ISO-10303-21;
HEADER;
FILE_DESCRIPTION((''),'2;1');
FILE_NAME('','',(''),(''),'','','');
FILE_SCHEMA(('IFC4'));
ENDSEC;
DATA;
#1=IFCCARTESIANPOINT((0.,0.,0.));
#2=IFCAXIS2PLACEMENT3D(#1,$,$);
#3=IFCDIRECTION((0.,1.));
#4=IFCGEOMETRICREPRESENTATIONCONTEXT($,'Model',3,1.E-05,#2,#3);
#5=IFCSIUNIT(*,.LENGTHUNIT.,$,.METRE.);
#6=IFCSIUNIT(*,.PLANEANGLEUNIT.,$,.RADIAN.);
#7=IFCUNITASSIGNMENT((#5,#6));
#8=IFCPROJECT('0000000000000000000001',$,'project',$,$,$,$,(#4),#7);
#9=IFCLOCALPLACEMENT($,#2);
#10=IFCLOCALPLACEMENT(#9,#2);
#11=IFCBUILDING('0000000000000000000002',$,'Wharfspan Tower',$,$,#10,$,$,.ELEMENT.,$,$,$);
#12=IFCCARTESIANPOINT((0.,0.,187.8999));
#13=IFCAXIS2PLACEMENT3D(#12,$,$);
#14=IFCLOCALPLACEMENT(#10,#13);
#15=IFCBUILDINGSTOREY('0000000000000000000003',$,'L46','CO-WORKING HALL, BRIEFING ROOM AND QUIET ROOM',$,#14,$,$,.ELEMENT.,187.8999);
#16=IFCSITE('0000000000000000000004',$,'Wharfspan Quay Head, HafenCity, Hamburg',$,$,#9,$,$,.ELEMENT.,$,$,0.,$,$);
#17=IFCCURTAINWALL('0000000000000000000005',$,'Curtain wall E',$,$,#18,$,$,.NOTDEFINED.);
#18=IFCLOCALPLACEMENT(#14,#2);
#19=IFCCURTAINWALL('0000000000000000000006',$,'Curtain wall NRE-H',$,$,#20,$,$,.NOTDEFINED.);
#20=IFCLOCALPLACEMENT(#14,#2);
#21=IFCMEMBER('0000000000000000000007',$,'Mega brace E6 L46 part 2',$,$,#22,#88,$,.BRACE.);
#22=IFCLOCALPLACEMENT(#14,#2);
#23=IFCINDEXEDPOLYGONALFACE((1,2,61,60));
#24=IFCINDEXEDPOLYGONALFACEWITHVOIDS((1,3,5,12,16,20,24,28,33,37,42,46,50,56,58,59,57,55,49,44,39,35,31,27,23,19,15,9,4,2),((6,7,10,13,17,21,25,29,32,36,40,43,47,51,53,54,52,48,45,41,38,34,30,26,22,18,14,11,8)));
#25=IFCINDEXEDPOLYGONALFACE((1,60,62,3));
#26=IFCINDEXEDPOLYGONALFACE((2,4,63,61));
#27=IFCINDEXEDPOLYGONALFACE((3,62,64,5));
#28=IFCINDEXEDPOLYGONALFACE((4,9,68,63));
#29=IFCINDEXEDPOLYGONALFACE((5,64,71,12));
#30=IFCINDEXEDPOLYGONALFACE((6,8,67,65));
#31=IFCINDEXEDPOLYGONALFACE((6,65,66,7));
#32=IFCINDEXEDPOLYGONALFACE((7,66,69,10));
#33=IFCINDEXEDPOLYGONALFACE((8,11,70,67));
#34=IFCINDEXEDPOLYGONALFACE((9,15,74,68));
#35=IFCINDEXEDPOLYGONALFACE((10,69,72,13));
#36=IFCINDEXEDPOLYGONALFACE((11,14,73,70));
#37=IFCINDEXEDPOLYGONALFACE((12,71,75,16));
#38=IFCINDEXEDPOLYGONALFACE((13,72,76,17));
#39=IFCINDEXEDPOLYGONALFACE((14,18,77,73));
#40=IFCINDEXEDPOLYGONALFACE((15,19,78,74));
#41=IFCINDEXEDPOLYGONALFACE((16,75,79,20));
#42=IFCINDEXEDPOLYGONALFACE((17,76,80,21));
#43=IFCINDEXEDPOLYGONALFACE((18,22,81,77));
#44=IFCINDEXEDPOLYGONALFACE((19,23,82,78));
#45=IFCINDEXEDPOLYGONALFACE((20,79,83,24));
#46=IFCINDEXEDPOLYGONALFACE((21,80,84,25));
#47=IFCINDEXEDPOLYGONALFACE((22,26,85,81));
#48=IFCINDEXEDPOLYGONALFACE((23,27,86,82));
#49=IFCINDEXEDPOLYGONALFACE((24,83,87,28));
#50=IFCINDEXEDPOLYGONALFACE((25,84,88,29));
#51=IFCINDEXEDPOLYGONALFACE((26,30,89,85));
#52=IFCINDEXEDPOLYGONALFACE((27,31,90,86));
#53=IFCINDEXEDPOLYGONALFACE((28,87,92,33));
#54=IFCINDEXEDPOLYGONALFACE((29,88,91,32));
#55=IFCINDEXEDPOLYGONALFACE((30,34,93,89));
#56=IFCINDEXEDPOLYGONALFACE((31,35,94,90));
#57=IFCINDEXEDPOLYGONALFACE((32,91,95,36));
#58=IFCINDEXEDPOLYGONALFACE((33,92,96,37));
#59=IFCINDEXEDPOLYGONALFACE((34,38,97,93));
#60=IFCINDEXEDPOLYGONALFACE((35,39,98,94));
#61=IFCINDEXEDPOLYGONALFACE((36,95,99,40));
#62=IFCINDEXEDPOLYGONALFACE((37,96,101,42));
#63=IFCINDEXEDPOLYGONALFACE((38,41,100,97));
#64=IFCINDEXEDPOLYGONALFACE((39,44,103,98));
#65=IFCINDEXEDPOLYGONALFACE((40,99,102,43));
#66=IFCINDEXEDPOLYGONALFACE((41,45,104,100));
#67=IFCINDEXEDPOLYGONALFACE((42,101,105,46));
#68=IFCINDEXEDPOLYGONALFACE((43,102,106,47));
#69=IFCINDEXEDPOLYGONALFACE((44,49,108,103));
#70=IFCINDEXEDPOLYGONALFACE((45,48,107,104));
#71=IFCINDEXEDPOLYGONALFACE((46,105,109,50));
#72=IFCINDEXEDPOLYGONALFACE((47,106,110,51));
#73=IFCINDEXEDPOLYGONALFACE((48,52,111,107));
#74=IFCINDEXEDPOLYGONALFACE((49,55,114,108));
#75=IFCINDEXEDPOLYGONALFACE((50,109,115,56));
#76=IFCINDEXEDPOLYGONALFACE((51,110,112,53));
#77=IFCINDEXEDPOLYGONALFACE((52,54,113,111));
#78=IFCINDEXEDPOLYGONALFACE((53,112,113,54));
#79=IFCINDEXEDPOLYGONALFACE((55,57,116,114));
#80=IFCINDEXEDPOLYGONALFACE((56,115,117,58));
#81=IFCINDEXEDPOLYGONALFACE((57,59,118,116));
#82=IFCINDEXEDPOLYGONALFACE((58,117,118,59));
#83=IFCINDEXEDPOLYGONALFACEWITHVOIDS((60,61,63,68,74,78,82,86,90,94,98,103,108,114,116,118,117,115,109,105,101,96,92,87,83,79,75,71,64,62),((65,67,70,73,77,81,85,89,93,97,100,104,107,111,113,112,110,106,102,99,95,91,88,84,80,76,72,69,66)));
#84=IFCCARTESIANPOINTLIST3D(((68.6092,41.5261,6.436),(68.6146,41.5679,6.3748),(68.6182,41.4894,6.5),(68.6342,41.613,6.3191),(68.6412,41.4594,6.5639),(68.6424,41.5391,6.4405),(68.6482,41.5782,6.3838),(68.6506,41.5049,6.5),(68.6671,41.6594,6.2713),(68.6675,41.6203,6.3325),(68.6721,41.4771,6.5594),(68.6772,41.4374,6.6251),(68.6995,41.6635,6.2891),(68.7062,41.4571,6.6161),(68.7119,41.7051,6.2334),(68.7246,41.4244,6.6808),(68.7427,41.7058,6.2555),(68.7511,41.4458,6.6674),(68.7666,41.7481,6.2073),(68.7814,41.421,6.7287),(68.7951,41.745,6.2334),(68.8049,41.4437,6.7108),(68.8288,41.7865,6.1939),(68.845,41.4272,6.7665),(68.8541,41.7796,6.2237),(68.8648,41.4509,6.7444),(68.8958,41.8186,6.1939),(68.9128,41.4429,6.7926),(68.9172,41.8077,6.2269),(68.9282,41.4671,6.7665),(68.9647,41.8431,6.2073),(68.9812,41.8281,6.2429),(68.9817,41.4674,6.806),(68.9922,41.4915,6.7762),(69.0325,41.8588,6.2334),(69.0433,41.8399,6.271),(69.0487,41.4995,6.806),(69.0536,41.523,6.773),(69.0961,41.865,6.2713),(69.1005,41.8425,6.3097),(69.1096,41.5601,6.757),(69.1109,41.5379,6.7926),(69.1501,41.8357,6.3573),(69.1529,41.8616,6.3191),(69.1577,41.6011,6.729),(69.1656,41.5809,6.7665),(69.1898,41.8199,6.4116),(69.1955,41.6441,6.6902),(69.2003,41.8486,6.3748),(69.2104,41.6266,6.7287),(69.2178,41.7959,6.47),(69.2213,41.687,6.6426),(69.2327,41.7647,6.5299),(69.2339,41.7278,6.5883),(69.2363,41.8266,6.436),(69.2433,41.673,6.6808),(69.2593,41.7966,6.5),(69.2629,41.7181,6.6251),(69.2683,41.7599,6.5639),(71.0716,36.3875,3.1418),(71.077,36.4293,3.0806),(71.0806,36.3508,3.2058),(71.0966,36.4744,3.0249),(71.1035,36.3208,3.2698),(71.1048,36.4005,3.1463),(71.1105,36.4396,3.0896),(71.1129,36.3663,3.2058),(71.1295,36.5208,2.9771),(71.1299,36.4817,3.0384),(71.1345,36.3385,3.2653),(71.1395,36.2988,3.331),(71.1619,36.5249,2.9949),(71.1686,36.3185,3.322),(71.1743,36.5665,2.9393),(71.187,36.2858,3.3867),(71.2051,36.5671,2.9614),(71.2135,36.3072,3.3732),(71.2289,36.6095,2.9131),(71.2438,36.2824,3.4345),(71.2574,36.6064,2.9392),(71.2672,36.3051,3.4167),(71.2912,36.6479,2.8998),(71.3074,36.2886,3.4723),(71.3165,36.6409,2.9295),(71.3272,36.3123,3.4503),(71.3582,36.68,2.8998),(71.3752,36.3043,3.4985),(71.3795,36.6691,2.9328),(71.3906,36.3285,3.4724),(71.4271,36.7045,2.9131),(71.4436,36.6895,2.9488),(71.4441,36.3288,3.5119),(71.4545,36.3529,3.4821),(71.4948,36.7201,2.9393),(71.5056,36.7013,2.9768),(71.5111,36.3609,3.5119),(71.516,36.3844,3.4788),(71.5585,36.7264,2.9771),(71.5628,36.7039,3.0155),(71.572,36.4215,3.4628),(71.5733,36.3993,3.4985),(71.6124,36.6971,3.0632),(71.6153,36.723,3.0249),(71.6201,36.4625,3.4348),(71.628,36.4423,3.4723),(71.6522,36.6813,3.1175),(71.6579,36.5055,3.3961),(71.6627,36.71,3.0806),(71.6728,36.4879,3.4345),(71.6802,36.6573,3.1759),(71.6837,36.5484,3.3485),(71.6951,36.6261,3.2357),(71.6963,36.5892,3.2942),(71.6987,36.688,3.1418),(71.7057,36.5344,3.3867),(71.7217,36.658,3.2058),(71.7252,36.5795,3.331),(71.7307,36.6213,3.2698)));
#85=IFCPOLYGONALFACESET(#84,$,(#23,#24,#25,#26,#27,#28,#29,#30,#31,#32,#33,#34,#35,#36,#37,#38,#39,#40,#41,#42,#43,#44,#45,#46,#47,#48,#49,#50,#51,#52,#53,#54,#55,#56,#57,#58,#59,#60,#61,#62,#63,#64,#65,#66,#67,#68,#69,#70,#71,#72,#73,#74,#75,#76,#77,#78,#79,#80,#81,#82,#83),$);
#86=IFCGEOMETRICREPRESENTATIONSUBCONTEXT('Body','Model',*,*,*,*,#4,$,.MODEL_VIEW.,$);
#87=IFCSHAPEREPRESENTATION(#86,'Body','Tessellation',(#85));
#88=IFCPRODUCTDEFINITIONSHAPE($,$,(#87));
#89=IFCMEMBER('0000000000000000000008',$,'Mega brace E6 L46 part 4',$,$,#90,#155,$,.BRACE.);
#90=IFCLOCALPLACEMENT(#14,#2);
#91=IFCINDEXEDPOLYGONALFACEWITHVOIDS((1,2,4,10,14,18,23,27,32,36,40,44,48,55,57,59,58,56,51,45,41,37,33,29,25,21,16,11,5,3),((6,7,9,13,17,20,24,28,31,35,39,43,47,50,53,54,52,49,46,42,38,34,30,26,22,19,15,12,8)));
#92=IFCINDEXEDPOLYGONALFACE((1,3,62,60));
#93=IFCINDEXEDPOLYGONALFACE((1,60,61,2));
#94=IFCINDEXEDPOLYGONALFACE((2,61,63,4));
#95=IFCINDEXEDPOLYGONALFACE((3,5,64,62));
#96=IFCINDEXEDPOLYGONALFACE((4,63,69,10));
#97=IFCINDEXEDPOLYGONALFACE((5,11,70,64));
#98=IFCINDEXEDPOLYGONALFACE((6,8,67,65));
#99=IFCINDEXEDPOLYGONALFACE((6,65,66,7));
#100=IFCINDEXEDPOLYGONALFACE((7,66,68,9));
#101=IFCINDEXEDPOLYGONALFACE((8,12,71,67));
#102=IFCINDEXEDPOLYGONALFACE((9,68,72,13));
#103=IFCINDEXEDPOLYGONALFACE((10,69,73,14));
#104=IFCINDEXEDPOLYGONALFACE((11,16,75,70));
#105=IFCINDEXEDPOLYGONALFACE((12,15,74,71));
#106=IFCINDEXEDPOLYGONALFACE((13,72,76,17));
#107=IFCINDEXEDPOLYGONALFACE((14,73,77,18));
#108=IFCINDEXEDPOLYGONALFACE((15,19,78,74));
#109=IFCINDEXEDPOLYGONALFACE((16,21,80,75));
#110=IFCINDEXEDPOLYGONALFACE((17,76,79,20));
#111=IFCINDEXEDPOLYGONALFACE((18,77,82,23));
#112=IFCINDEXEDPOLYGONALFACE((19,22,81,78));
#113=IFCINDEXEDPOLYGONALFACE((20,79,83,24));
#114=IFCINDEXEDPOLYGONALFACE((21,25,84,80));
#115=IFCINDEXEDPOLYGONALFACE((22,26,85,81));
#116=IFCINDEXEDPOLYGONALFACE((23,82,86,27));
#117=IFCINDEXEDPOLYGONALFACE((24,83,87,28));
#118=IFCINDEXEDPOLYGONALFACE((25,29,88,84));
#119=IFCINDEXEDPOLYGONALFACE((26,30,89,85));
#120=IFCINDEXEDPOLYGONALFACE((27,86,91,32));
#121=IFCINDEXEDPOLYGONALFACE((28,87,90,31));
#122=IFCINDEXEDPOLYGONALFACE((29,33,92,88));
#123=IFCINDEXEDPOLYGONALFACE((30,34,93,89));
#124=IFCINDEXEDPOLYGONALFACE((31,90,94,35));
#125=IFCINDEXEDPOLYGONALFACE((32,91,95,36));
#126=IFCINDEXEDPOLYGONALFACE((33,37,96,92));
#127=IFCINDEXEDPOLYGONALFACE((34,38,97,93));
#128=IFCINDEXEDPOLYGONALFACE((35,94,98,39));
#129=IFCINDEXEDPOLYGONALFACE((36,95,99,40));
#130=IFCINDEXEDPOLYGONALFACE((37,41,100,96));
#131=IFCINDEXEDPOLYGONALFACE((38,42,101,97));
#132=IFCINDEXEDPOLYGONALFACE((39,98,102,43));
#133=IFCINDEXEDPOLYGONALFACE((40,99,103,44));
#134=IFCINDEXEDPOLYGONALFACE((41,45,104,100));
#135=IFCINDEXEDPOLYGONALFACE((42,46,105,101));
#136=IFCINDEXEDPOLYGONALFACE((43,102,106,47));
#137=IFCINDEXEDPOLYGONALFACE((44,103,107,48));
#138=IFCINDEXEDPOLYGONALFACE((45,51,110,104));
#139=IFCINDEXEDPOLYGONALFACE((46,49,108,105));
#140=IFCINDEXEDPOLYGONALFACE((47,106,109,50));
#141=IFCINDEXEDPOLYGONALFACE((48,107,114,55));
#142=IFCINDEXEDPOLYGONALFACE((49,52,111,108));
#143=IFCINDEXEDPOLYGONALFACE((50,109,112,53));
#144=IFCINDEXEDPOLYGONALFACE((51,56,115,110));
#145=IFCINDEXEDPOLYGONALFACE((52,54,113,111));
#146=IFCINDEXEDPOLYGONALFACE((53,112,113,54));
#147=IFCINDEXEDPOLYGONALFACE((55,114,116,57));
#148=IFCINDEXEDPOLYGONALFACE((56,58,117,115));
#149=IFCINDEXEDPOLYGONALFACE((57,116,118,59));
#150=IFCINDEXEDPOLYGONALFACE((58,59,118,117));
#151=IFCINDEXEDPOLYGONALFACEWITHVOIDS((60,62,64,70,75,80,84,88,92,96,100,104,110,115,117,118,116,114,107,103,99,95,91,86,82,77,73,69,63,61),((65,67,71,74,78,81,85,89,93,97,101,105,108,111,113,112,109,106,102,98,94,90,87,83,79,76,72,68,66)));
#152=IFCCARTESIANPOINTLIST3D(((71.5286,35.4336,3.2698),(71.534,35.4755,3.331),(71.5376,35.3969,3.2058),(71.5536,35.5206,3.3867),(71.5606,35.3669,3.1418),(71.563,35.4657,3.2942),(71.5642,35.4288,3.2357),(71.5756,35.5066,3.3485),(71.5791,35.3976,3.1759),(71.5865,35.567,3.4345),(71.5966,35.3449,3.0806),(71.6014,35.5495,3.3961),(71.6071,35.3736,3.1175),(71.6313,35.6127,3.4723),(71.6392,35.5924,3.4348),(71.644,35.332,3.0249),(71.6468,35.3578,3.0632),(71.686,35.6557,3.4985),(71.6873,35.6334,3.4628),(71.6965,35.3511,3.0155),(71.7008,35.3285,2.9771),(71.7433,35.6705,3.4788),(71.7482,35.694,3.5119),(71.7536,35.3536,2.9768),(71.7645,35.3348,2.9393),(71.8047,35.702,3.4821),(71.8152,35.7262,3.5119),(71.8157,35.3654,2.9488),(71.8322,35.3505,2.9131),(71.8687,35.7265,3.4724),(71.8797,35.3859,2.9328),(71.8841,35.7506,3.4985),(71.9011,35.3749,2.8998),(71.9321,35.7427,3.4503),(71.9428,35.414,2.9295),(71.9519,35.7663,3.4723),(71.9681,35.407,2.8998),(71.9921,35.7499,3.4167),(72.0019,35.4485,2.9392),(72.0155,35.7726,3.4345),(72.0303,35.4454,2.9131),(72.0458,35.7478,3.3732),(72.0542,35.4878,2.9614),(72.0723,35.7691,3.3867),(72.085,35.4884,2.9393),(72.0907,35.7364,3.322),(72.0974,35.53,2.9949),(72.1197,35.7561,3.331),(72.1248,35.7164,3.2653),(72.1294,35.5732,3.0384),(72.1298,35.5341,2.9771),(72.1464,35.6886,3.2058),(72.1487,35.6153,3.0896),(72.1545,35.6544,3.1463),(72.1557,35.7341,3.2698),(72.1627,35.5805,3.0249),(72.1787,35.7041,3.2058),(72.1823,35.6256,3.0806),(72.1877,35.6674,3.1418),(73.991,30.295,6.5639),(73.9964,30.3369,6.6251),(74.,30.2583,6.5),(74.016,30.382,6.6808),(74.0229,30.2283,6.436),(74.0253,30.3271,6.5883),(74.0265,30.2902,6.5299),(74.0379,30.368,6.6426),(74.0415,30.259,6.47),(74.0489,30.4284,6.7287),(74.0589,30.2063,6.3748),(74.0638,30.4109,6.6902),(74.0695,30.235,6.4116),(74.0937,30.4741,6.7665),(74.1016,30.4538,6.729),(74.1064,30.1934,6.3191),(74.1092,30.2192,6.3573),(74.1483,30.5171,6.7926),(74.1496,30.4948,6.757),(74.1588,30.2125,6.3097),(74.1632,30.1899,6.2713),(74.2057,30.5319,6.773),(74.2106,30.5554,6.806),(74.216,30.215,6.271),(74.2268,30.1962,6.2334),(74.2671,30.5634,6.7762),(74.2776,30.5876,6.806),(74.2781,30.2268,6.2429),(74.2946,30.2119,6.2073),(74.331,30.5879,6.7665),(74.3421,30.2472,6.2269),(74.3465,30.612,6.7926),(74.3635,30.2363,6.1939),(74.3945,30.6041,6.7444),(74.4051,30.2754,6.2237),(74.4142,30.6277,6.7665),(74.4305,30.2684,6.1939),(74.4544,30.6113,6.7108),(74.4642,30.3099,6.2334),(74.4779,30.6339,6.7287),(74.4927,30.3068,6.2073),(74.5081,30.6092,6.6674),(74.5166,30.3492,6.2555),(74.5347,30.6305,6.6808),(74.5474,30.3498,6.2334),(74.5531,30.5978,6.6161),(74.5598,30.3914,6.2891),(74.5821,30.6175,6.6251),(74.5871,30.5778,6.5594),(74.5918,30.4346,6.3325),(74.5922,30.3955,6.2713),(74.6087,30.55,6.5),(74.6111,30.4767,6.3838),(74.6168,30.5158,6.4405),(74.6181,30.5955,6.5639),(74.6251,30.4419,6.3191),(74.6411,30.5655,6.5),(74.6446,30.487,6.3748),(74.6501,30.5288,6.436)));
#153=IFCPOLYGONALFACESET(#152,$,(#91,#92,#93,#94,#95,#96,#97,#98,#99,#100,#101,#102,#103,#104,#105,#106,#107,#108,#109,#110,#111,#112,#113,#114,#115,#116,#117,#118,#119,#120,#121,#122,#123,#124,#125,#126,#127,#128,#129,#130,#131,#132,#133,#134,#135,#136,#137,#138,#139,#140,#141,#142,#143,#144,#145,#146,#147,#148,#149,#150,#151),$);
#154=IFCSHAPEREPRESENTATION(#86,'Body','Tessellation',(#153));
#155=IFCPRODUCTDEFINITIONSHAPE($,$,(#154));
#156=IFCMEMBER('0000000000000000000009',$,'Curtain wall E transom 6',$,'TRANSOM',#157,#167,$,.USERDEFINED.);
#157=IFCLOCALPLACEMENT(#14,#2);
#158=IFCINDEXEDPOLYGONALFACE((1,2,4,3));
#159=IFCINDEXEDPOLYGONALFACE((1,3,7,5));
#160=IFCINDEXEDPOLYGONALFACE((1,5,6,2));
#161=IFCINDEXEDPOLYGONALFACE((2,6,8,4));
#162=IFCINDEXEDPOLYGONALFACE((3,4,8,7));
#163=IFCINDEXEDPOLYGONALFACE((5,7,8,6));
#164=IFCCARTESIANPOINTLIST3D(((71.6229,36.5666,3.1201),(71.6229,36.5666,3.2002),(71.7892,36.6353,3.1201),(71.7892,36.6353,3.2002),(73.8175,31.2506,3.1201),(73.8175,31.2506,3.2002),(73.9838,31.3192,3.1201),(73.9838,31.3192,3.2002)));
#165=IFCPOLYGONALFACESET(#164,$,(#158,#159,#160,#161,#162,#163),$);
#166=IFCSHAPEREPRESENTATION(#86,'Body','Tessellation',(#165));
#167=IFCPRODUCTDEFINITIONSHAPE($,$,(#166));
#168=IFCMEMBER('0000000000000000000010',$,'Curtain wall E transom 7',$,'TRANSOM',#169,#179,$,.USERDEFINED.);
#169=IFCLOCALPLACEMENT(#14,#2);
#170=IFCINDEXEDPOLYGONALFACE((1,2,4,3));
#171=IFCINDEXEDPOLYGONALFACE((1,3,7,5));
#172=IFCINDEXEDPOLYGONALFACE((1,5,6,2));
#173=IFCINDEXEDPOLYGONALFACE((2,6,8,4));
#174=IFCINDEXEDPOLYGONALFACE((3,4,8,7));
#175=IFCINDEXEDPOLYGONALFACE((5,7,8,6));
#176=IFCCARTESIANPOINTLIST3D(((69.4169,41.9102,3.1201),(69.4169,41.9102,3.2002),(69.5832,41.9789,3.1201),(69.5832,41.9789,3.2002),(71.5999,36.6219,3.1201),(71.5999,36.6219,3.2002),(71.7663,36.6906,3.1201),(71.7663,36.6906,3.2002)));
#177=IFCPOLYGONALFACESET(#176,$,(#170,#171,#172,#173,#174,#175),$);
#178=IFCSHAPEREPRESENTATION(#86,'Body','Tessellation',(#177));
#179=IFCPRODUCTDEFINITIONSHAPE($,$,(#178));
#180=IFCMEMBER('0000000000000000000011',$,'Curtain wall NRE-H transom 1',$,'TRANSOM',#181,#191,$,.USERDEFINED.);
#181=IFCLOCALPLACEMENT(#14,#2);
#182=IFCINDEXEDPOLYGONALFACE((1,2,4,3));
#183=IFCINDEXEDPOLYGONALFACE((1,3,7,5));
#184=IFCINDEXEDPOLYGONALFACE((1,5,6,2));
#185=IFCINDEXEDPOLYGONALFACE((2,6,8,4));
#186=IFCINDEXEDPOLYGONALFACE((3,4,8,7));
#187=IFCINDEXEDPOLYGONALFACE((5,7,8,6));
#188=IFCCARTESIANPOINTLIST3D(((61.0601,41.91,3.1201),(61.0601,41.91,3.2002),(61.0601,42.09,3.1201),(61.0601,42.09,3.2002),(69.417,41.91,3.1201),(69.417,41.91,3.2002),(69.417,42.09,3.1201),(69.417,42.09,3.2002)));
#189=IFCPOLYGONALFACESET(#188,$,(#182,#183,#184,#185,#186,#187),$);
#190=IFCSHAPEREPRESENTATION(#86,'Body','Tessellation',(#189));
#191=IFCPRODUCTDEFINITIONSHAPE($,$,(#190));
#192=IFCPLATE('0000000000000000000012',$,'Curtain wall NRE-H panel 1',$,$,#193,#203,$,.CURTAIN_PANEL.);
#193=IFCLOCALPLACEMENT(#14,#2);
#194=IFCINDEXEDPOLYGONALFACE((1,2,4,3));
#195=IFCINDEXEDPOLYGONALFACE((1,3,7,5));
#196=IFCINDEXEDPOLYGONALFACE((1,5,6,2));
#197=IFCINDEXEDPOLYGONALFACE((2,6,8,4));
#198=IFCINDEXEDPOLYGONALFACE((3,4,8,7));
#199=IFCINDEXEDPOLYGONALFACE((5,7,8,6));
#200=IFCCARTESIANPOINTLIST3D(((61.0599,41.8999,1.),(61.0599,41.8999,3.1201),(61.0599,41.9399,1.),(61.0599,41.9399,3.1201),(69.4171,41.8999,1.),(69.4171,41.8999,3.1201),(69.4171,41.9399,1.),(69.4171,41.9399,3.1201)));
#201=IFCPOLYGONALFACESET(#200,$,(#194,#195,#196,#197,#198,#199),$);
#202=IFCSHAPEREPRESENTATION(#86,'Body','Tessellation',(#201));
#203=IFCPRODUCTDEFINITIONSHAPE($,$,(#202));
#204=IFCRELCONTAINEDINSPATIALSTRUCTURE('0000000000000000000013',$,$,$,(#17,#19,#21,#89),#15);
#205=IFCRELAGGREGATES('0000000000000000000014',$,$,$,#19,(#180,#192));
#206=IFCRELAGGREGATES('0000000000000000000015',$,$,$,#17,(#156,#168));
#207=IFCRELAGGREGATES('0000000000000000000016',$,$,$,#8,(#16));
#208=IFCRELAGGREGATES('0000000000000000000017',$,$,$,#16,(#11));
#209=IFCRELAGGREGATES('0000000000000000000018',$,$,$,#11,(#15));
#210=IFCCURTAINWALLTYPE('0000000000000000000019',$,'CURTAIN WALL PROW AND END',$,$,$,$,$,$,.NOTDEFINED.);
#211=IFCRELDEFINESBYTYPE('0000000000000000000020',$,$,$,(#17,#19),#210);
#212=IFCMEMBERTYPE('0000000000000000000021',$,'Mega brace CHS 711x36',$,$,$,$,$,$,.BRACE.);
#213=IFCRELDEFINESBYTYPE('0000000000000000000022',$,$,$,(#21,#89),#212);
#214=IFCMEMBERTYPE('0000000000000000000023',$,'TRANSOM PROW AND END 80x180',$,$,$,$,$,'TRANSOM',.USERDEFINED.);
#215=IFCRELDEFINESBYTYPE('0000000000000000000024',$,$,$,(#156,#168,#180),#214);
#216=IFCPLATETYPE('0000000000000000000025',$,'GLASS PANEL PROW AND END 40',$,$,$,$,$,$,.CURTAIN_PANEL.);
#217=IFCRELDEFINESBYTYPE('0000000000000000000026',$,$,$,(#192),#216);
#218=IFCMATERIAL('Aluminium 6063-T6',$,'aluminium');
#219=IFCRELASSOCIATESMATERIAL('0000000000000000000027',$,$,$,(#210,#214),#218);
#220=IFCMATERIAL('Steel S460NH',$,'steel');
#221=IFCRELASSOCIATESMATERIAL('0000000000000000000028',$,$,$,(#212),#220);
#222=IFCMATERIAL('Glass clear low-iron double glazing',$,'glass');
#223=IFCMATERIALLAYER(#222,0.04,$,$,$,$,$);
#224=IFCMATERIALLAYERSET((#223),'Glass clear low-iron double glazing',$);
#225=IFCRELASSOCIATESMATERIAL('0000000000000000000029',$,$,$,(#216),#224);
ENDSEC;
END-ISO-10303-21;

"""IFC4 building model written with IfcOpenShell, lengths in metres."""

from ifc_helpers import new_model, si_unit, direction, frame, origin, origin_2d, place, context, subcontext, project, spatial, rectangle, hollow_circle, extrude, material, layer, layer_set, material_profile, profile_set, type_object, element, aggregate, save


model = new_model("IFC4")

# Units and contexts
model_context = context("Model", 3, precision=1e-05, world=origin(), true_north=direction((0.0, 1.0)))
body_context = subcontext(model_context, "Body", "Model", "MODEL_VIEW")
ifc_project = project(units=[si_unit("LENGTHUNIT", "METRE"), si_unit("PLANEANGLEUNIT", "RADIAN")], contexts=[model_context])

# Site, building, storey
site_placement = place(None, origin())
site = spatial("IfcSite", under=ifc_project, at=site_placement, Name="Wharfspan Quay Head, HafenCity, Hamburg", CompositionType="ELEMENT", RefElevation=0.0)
building_placement = place(site_placement, origin())
building = spatial("IfcBuilding", under=site, at=building_placement, Name="Wharfspan Tower", CompositionType="ELEMENT")
storey_placement = place(building_placement, frame((0.0, 0.0, 187.8999)))
storey = spatial("IfcBuildingStorey", under=building, at=storey_placement, Name="L46", Description="CO-WORKING HALL, BRIEFING ROOM AND QUIET ROOM", CompositionType="ELEMENT", Elevation=187.8999)

# Curtain wall
ifc_material_1 = material(Name="Aluminium 6063-T6", Category="aluminium")
curtain_wall_type = type_object("IfcCurtainWallType", Name="CURTAIN WALL PROW AND END", PredefinedType="NOTDEFINED", material=ifc_material_1)
curtain_wall_1_placement = place(storey_placement, origin())
curtain_wall_1 = element("IfcCurtainWall", 1, at=curtain_wall_1_placement, inside=storey, type_object=curtain_wall_type, Name="Curtain wall E", PredefinedType="NOTDEFINED")

# Curtain wall
curtain_wall_2_placement = place(storey_placement, origin())
curtain_wall_2 = element("IfcCurtainWall", 2, at=curtain_wall_2_placement, inside=storey, type_object=curtain_wall_type, Name="Curtain wall NRE-H", PredefinedType="NOTDEFINED")

# Members
ifc_material_2 = material(Name="Steel S460NH", Category="steel")
ifc_material_profile_1 = material_profile(ifc_material_2, hollow_circle(Radius=0.3555, WallThickness=0.0359, at=origin_2d()))
ifc_profile_set_1 = profile_set([ifc_material_profile_1], Name="Steel S460NH")
member_type_1 = type_object("IfcMemberType", Name="Mega brace CHS 711x36", PredefinedType="BRACE", material=ifc_profile_set_1)
for number, where, z_axis, x_axis, name in (
    (3, (71.4011, 36.5044, 3.2058), (-0.374119, 0.780731, 0.500494), (-0.90181, -0.432137, -0.000003), "Mega brace E6 L46 part 2"),
    (4, (71.8582, 35.5505, 3.2058), (0.374119, -0.780731, 0.500494), (0.90181, 0.432137, -0.000003), "Mega brace E6 L46 part 4"),
):
    element("IfcMember", number, at=place(storey_placement, frame(where, z_axis=z_axis, x_axis=x_axis)), inside=storey, type_object=member_type_1, Name=name, PredefinedType="BRACE", context=body_context, shape_type="SweptSolid", body=[
        extrude(hollow_circle(Radius=0.3555, WallThickness=0.0359, at=origin_2d()), origin(), (0.0, 0.0, 1.0), 6.5818),
    ])

# Members
ifc_material_profile_2 = material_profile(ifc_material_1, rectangle(XDim=0.1799, YDim=0.0801, at=origin_2d()))
ifc_profile_set_2 = profile_set([ifc_material_profile_2], Name="Aluminium 6063-T6")
member_type_2 = type_object("IfcMemberType", Name="TRANSOM PROW AND END 80x180", ElementType="TRANSOM", PredefinedType="USERDEFINED", material=ifc_profile_set_2)
member_1_placement = place(storey_placement, frame((73.9006, 31.2849, 3.1602), z_axis=(-0.381593, 0.92433, 0.0), x_axis=(-0.92433, -0.381593, 0.0)))
member_1 = element("IfcMember", 5, at=member_1_placement, type_object=member_type_2, Name="Curtain wall E transom 6", ObjectType="TRANSOM", PredefinedType="USERDEFINED", context=body_context, shape_type="SweptSolid", body=[
    extrude(rectangle(XDim=0.1799, YDim=0.0801, at=origin_2d()), origin(), (0.0, 0.0, 1.0), 5.7512),
])
member_2_placement = place(storey_placement, frame((71.6831, 36.6562, 3.1602), z_axis=(-0.38158, 0.924336, 0.0), x_axis=(-0.924336, -0.38158, 0.0)))
member_2 = element("IfcMember", 6, at=member_2_placement, type_object=member_type_2, Name="Curtain wall E transom 7", ObjectType="TRANSOM", PredefinedType="USERDEFINED", context=body_context, shape_type="SweptSolid", body=[
    extrude(rectangle(XDim=0.1799, YDim=0.0801, at=origin_2d()), origin(), (0.0, 0.0, 1.0), 5.7212),
])
member_3_placement = place(storey_placement, frame((69.417, 42.0, 3.1602), z_axis=(-1.0, 0.0, 0.0), x_axis=(0.0, -1.0, 0.0)))
member_3 = element("IfcMember", 7, at=member_3_placement, type_object=member_type_2, Name="Curtain wall NRE-H transom 1", ObjectType="TRANSOM", PredefinedType="USERDEFINED", context=body_context, shape_type="SweptSolid", body=[
    extrude(rectangle(XDim=0.1799, YDim=0.0801, at=origin_2d()), origin(), (0.0, 0.0, 1.0), 8.3569),
])

# Plate
ifc_material_3 = material(Name="Glass clear low-iron double glazing", Category="glass")
ifc_layer_1 = layer(ifc_material_3, 0.04)
ifc_layer_set_1 = layer_set([ifc_layer_1], Name="Glass clear low-iron double glazing")
plate_type_1 = type_object("IfcPlateType", Name="GLASS PANEL PROW AND END 40", PredefinedType="CURTAIN_PANEL", material=ifc_layer_set_1)
plate_1_placement = place(storey_placement, frame((65.2385, 41.9199, 1.0), z_axis=(0.0, 0.0, 1.0), x_axis=(-1.0, 0.0, 0.0)))
plate_1 = element("IfcPlate", 8, at=plate_1_placement, type_object=plate_type_1, Name="Curtain wall NRE-H panel 1", PredefinedType="CURTAIN_PANEL", context=body_context, shape_type="SweptSolid", body=[
    extrude(rectangle(XDim=8.3572, YDim=0.04, at=origin_2d()), origin(), (0.0, 0.0, 1.0), 2.1201),
])
aggregate(curtain_wall_2, [member_3, plate_1])
aggregate(curtain_wall_1, [member_1, member_2])

save(model, "model.ifc")
